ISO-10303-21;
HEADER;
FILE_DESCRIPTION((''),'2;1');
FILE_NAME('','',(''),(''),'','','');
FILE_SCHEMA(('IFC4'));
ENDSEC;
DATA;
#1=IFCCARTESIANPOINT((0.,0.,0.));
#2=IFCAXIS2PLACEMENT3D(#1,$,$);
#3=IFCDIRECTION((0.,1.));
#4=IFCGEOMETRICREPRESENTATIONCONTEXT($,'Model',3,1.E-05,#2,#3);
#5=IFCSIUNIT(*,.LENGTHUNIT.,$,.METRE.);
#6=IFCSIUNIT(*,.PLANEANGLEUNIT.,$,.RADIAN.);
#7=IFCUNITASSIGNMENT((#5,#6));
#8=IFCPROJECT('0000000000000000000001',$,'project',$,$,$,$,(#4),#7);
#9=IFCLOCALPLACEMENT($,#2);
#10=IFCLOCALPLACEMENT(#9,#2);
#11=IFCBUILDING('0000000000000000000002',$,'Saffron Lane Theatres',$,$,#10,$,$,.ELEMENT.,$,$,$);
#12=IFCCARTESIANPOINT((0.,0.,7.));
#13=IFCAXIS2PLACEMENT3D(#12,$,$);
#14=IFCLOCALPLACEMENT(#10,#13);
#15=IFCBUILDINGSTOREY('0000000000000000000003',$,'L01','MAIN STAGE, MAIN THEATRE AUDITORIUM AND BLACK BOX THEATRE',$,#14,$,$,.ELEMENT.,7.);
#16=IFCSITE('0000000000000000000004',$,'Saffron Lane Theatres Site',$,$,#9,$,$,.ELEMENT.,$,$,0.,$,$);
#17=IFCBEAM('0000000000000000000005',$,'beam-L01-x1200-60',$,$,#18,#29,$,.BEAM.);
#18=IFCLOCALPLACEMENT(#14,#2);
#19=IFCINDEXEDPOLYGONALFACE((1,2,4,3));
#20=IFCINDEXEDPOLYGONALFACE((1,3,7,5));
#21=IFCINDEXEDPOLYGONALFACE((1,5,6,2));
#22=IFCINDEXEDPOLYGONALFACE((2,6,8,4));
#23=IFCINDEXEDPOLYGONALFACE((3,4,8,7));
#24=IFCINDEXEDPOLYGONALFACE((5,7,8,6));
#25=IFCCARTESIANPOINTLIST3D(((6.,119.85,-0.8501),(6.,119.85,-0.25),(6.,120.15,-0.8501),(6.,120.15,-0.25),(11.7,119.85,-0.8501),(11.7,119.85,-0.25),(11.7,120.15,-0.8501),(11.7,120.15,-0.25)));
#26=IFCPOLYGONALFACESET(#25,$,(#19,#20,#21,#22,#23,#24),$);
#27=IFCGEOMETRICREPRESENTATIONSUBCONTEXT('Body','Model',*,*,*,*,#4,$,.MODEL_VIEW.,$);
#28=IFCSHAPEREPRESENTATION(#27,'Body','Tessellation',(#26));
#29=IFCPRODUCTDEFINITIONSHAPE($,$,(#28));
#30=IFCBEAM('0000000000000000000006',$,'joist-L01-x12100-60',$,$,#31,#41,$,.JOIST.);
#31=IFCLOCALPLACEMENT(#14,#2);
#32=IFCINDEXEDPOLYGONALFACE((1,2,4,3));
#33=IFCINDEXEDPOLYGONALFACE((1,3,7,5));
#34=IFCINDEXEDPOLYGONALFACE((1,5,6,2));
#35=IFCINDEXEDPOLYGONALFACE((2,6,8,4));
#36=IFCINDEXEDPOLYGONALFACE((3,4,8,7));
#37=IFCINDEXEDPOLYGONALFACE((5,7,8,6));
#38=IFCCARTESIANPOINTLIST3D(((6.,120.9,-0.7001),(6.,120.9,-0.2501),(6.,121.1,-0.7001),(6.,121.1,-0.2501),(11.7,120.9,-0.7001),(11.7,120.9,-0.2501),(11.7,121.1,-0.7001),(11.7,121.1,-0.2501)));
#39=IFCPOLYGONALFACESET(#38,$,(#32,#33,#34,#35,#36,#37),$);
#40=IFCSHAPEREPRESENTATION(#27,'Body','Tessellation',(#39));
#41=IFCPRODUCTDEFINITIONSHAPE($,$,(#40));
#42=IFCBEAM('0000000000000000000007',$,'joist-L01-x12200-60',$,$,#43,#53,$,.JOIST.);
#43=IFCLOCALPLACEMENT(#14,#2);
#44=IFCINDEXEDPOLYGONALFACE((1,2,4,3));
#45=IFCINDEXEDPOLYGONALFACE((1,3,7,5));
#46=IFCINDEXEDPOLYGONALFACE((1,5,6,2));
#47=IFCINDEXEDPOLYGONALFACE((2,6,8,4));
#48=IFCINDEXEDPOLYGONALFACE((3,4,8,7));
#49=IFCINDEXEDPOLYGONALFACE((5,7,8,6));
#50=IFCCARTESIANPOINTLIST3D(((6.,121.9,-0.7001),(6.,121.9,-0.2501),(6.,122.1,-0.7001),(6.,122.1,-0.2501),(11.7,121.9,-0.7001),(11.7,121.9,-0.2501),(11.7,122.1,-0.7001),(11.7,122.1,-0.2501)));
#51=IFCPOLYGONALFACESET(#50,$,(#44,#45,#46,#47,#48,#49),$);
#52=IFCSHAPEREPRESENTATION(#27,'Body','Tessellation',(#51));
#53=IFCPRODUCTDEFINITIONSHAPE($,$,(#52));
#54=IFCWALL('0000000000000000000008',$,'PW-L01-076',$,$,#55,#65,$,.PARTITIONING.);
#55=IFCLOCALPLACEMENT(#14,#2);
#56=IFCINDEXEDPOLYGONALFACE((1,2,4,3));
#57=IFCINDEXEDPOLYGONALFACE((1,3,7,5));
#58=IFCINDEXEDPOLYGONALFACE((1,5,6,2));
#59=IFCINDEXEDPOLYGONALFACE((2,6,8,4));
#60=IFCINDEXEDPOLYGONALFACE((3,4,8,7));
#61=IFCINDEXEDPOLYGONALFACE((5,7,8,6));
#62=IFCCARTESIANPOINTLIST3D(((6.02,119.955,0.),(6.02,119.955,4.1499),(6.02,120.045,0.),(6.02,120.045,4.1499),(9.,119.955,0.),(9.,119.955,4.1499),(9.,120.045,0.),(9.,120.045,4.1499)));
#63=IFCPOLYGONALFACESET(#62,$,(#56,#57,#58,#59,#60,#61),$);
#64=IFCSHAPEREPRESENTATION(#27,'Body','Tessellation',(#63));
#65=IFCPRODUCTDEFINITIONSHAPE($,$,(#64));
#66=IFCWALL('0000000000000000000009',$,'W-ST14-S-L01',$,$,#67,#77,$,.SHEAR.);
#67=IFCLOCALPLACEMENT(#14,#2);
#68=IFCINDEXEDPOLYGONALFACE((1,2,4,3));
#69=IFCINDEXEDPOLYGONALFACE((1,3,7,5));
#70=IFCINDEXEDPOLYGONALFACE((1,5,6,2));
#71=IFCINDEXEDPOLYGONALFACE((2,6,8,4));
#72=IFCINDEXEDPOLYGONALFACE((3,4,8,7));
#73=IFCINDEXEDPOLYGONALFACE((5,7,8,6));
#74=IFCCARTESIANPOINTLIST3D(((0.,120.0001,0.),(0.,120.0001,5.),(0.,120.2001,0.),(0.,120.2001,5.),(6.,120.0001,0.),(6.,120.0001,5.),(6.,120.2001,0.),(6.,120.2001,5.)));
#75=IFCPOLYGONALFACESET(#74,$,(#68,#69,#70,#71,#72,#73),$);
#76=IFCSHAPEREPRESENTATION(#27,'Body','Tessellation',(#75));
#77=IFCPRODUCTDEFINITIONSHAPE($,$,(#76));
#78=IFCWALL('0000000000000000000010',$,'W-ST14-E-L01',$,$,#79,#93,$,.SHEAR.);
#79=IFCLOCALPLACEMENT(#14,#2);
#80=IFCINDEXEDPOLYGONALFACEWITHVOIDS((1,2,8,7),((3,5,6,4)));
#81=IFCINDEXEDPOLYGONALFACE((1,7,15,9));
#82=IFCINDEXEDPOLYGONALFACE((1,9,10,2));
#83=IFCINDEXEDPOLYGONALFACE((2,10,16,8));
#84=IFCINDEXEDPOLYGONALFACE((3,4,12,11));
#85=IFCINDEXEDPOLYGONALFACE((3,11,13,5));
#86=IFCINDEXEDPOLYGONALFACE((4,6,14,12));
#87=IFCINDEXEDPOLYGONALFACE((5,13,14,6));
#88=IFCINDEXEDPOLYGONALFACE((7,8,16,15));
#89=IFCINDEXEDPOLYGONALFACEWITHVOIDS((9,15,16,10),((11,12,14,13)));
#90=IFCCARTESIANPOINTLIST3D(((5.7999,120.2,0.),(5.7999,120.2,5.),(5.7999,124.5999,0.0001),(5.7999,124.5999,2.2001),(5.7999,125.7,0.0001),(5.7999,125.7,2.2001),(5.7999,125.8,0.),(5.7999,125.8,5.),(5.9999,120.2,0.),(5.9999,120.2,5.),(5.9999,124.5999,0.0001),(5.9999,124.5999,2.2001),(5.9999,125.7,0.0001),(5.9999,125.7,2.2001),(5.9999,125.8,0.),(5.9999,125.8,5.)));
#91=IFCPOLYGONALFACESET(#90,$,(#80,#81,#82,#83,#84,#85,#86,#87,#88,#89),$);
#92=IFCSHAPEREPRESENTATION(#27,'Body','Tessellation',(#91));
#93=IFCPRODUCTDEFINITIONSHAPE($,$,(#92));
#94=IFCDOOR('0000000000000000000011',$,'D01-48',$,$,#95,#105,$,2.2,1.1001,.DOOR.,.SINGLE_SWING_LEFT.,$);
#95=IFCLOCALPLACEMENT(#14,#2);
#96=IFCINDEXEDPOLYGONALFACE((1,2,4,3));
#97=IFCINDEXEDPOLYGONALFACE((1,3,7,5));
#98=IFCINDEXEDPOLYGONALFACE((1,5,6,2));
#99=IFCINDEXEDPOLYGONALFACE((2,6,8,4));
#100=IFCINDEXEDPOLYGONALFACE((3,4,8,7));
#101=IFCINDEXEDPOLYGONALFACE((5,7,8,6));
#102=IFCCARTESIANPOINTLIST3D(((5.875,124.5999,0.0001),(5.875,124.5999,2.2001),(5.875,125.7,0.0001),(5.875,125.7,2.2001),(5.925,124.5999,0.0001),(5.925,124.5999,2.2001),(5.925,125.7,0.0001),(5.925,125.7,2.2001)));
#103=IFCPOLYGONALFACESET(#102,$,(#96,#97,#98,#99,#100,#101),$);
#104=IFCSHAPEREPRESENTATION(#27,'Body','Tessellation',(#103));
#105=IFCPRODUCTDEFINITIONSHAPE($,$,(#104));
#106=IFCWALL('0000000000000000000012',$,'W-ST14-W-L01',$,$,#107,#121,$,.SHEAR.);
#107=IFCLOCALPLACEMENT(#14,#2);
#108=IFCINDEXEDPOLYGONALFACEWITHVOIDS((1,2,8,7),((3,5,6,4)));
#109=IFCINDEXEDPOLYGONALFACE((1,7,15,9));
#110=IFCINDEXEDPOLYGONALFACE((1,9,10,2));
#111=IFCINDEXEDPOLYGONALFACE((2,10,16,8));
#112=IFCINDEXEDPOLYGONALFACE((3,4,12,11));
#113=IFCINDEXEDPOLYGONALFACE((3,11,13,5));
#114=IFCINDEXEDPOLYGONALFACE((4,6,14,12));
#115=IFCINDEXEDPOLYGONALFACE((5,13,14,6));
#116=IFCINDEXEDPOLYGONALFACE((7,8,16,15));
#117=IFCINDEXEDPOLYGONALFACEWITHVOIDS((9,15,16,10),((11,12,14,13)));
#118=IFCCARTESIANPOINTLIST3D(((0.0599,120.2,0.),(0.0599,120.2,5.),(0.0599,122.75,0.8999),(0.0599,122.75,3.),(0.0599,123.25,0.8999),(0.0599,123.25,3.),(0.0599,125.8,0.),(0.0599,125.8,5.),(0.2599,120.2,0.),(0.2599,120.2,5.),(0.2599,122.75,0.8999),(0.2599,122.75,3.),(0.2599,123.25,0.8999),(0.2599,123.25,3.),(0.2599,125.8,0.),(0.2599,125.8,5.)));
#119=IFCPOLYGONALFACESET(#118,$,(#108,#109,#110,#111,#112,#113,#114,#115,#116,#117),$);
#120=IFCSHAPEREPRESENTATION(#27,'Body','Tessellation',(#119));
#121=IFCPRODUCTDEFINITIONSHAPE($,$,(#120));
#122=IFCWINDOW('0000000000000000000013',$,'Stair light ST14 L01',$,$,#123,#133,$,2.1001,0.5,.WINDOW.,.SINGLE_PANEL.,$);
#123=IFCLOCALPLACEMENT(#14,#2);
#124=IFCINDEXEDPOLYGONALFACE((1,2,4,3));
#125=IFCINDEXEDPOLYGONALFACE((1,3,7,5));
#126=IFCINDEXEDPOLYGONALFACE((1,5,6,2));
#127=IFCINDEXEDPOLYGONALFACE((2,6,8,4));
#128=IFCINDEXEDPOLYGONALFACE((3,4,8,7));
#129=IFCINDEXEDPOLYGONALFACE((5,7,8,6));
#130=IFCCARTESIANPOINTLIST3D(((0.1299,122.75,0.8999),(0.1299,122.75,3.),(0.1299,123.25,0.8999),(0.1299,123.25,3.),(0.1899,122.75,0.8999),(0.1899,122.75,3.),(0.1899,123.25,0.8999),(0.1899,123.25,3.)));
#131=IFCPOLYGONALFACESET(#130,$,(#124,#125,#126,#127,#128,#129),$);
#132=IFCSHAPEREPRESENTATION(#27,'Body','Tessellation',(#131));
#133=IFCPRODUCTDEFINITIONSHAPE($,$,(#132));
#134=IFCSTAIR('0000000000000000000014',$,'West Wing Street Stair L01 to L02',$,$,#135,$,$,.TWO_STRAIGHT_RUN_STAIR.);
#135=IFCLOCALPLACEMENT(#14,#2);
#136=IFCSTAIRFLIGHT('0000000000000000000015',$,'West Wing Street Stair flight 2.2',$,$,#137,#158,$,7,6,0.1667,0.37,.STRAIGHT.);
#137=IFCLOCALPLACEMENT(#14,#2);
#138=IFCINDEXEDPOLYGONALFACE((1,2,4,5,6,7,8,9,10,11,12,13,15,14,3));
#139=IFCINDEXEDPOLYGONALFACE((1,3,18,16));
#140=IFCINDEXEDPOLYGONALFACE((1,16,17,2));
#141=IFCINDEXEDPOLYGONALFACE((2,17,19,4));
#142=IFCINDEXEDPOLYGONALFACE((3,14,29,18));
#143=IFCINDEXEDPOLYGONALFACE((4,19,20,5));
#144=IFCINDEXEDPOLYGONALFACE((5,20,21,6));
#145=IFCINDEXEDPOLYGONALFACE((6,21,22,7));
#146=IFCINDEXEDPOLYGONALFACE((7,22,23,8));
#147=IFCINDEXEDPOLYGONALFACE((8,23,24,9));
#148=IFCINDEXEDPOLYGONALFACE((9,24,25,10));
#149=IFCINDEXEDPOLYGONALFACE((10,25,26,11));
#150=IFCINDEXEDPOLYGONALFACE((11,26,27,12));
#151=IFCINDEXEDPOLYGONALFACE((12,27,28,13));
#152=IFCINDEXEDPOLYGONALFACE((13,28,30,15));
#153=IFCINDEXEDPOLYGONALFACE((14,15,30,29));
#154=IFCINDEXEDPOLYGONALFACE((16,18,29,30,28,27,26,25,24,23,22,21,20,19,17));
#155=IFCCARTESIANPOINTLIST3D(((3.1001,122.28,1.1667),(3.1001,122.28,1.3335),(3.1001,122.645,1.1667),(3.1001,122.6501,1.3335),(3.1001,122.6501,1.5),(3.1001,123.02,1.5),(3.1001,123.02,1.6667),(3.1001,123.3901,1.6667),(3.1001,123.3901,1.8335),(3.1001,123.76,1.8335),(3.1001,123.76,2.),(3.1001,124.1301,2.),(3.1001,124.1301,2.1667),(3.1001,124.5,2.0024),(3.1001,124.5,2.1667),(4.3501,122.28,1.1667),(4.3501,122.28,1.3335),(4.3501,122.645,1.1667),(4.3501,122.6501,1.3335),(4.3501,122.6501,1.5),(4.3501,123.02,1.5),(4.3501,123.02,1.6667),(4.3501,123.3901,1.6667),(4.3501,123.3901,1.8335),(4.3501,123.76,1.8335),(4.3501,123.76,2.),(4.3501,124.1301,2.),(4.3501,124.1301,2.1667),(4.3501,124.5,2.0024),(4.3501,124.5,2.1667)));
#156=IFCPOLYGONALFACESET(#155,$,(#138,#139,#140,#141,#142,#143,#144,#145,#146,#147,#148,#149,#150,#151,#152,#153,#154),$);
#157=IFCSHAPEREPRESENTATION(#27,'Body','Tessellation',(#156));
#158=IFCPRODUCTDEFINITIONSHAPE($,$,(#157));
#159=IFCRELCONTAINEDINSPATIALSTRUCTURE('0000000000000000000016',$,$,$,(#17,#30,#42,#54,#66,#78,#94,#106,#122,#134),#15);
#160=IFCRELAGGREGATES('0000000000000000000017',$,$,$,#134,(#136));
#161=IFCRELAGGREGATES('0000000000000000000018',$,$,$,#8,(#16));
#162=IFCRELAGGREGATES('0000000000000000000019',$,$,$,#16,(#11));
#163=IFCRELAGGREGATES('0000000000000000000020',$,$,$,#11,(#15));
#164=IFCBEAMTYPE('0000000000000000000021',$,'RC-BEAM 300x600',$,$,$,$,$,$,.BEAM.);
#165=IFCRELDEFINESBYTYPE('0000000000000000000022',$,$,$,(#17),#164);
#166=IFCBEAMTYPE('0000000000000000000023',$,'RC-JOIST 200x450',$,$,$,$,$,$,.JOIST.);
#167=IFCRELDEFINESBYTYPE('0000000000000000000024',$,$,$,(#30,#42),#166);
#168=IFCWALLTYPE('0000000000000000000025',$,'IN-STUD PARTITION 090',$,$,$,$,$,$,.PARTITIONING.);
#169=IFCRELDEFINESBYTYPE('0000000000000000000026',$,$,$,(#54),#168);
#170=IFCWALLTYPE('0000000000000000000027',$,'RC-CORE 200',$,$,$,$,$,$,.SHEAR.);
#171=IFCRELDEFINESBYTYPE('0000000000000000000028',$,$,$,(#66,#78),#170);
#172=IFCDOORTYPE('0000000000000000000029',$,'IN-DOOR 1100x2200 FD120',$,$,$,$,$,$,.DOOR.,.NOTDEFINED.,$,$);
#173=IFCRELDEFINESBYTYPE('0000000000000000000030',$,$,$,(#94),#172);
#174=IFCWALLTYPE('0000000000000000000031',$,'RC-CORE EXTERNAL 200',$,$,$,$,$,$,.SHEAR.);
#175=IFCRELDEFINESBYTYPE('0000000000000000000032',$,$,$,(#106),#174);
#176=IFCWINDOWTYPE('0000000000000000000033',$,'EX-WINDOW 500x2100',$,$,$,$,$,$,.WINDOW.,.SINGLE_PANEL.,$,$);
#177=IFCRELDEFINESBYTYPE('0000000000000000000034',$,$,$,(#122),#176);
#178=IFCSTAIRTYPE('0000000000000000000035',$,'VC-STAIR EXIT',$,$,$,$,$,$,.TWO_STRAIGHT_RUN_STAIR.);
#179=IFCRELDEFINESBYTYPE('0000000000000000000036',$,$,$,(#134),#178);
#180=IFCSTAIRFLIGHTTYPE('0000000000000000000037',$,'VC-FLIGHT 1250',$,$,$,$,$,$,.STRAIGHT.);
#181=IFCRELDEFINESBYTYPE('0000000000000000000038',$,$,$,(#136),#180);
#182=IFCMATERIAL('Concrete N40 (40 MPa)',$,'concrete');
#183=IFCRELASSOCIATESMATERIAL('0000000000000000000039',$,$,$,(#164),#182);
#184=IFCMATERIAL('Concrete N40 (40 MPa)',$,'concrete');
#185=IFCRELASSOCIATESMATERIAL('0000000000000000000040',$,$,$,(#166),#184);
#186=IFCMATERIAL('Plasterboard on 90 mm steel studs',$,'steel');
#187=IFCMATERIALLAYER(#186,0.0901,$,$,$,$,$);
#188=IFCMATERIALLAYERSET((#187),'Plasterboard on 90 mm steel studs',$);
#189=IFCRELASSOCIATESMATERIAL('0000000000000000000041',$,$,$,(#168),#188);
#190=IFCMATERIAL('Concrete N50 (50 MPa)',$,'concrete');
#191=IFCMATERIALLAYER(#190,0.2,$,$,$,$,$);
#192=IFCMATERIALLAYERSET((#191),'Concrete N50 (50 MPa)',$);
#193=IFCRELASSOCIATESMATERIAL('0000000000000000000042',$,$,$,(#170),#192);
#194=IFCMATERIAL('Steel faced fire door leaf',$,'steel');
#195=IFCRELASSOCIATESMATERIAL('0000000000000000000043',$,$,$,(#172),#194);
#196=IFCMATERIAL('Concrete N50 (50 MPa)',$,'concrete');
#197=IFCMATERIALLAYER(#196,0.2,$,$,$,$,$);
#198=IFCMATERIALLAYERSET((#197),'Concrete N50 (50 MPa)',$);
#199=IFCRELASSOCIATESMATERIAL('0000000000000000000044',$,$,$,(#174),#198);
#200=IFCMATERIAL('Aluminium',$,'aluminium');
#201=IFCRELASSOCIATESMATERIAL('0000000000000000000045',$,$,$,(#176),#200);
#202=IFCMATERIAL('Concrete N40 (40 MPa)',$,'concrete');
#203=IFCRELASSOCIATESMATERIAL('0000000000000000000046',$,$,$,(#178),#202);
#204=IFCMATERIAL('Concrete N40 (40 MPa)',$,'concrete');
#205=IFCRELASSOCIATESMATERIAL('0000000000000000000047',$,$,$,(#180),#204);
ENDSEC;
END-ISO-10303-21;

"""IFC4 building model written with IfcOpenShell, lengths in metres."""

from ifc_helpers import new_model, si_unit, direction, frame, frame_2d, origin, origin_2d, place, context, subcontext, project, spatial, polyline, rectangle, outline, extrude, material, layer, layer_set, material_profile, profile_set, type_object, element, fill, aggregate, save


model = new_model("IFC4")

# Units and contexts
model_context = context("Model", 3, precision=1e-05, world=origin(), true_north=direction((0.0, 1.0)))
body_context = subcontext(model_context, "Body", "Model", "MODEL_VIEW")
ifc_project = project(units=[si_unit("LENGTHUNIT", "METRE"), si_unit("PLANEANGLEUNIT", "RADIAN")], contexts=[model_context])

# Site, building, storey
site_placement = place(None, origin())
site = spatial("IfcSite", under=ifc_project, at=site_placement, Name="Saffron Lane Theatres Site", CompositionType="ELEMENT", RefElevation=0.0)
building_placement = place(site_placement, origin())
building = spatial("IfcBuilding", under=site, at=building_placement, Name="Saffron Lane Theatres", CompositionType="ELEMENT")
storey_placement = place(building_placement, frame((0.0, 0.0, 7.0)))
storey = spatial("IfcBuildingStorey", under=building, at=storey_placement, Name="L01", Description="MAIN STAGE, MAIN THEATRE AUDITORIUM AND BLACK BOX THEATRE", CompositionType="ELEMENT", Elevation=7.0)

# Beams
ifc_material_1 = material(Name="Concrete N40 (40 MPa)", Category="concrete")
ifc_material_profile_1 = material_profile(ifc_material_1, rectangle(XDim=0.3, YDim=0.6001, at=origin_2d()))
ifc_profile_set_1 = profile_set([ifc_material_profile_1], Name="Concrete N40 (40 MPa)")
beam_type_1 = type_object("IfcBeamType", Name="RC-BEAM 300x600", PredefinedType="BEAM", material=ifc_profile_set_1)
beam_placement = place(storey_placement, frame((6.0, 120.0, -0.55), z_axis=(1.0, 0.0, 0.0), x_axis=(0.0, 1.0, 0.0)))
element("IfcBeam", 1, at=beam_placement, inside=storey, type_object=beam_type_1, Name="beam-L01-x1200-60", PredefinedType="BEAM", context=body_context, shape_type="SweptSolid", body=[
    extrude(rectangle(XDim=0.3, YDim=0.6001, at=origin_2d()), origin(), (0.0, 0.0, 1.0), 5.7),
])
ifc_material_2 = material(Name="Concrete N40 (40 MPa)", Category="concrete")
ifc_material_profile_2 = material_profile(ifc_material_2, rectangle(XDim=0.2, YDim=0.45, at=origin_2d()))
ifc_profile_set_2 = profile_set([ifc_material_profile_2], Name="Concrete N40 (40 MPa)")
beam_type_2 = type_object("IfcBeamType", Name="RC-JOIST 200x450", PredefinedType="JOIST", material=ifc_profile_set_2)
for number, where, z_axis, x_axis, name in (
    (2, (6.0, 121.0, -0.4751), (1.0, 0.0, 0.0), (0.0, 1.0, 0.0), "joist-L01-x12100-60"),
    (3, (6.0, 122.0, -0.4751), (1.0, 0.0, 0.0), (0.0, 1.0, 0.0), "joist-L01-x12200-60"),
):
    element("IfcBeam", number, at=place(storey_placement, frame(where, z_axis=z_axis, x_axis=x_axis)), inside=storey, type_object=beam_type_2, Name=name, PredefinedType="JOIST", context=body_context, shape_type="SweptSolid", body=[
        extrude(rectangle(XDim=0.2, YDim=0.45, at=origin_2d()), origin(), (0.0, 0.0, 1.0), 5.7),
    ])

# Walls
ifc_material_3 = material(Name="Plasterboard on 90 mm steel studs", Category="steel")
ifc_layer_1 = layer(ifc_material_3, 0.0901)
ifc_layer_set_1 = layer_set([ifc_layer_1], Name="Plasterboard on 90 mm steel studs")
wall_type_1 = type_object("IfcWallType", Name="IN-STUD PARTITION 090", PredefinedType="PARTITIONING", material=ifc_layer_set_1)
wall_1_placement = place(storey_placement, frame((6.02, 120.0, 0.0), z_axis=(0.0, 0.0, 1.0), x_axis=(1.0, 0.0, 0.0)))
element("IfcWall", 4, at=wall_1_placement, inside=storey, type_object=wall_type_1, Name="PW-L01-076", PredefinedType="PARTITIONING", context=body_context, shape_type="SweptSolid", body=[
    extrude(rectangle(XDim=2.98, YDim=0.0901, at=frame_2d((1.49, 0.0))), origin(), (0.0, 0.0, 1.0), 4.1499),
])
ifc_material_4 = material(Name="Concrete N50 (50 MPa)", Category="concrete")
ifc_layer_2 = layer(ifc_material_4, 0.2)
ifc_layer_set_2 = layer_set([ifc_layer_2], Name="Concrete N50 (50 MPa)")
wall_type_2 = type_object("IfcWallType", Name="RC-CORE 200", PredefinedType="SHEAR", material=ifc_layer_set_2)
wall_2_placement = place(storey_placement, frame((0.0, 120.1001, 0.0), z_axis=(0.0, 0.0, 1.0), x_axis=(1.0, 0.0, 0.0)))
element("IfcWall", 5, at=wall_2_placement, inside=storey, type_object=wall_type_2, Name="W-ST14-S-L01", PredefinedType="SHEAR", context=body_context, shape_type="SweptSolid", body=[
    extrude(rectangle(XDim=6.0, YDim=0.2, at=frame_2d((3.0, 0.0))), origin(), (0.0, 0.0, 1.0), 5.0),
])

# Wall, opening, door
wall_3_placement = place(storey_placement, frame((5.8999, 120.2, 0.0), z_axis=(0.0, 0.0, 1.0), x_axis=(0.0, 1.0, 0.0)))
wall_3 = element("IfcWall", 6, at=wall_3_placement, inside=storey, type_object=wall_type_2, Name="W-ST14-E-L01", PredefinedType="SHEAR", context=body_context, shape_type="SweptSolid", body=[
    extrude(rectangle(XDim=5.6001, YDim=0.2, at=frame_2d((2.8, 0.0))), origin(), (0.0, 0.0, 1.0), 5.0),
])
opening_1_placement = place(wall_3_placement, frame((4.3999, 0.0, 0.0)))
opening_1 = element("IfcOpeningElement", 7, at=opening_1_placement, cuts=wall_3, PredefinedType="OPENING", context=body_context, shape_type="SweptSolid", body=[
    extrude(rectangle(XDim=1.1001, YDim=2.2, at=frame_2d((0.55, 1.1001))), frame((0.0, 0.1099, 0.0), z_axis=(0.0, -1.0, 0.0), x_axis=(1.0, 0.0, 0.0)), (0.0, 0.0, 1.0), 0.22),
])
ifc_material_5 = material(Name="Steel faced fire door leaf", Category="steel")
door_type = type_object("IfcDoorType", Name="IN-DOOR 1100x2200 FD120", OperationType="NOTDEFINED", PredefinedType="DOOR", material=ifc_material_5)
door_placement = place(opening_1_placement, origin())
door = element("IfcDoor", 8, at=door_placement, inside=storey, type_object=door_type, Name="D01-48", OperationType="SINGLE_SWING_LEFT", OverallHeight=2.2, OverallWidth=1.1001, PredefinedType="DOOR", context=body_context, shape_type="SweptSolid", body=[
    extrude(rectangle(XDim=1.1001, YDim=2.2, at=frame_2d((0.55, 1.1001))), frame((0.0, 0.0249, 0.0), z_axis=(0.0, -1.0, 0.0), x_axis=(1.0, 0.0, 0.0)), (0.0, 0.0, 1.0), 0.05),
])
fill(opening_1, door)

# Wall, opening, window
ifc_material_6 = material(Name="Concrete N50 (50 MPa)", Category="concrete")
ifc_layer_3 = layer(ifc_material_6, 0.2)
ifc_layer_set_3 = layer_set([ifc_layer_3], Name="Concrete N50 (50 MPa)")
wall_type_3 = type_object("IfcWallType", Name="RC-CORE EXTERNAL 200", PredefinedType="SHEAR", material=ifc_layer_set_3)
wall_4_placement = place(storey_placement, frame((0.1599, 120.2, 0.0), z_axis=(0.0, 0.0, 1.0), x_axis=(0.0, 1.0, 0.0)))
wall_4 = element("IfcWall", 9, at=wall_4_placement, inside=storey, type_object=wall_type_3, Name="W-ST14-W-L01", PredefinedType="SHEAR", context=body_context, shape_type="SweptSolid", body=[
    extrude(rectangle(XDim=5.6001, YDim=0.2, at=frame_2d((2.8, 0.0))), origin(), (0.0, 0.0, 1.0), 5.0),
])
opening_2_placement = place(wall_4_placement, frame((2.55, 0.0, 0.8999)))
opening_2 = element("IfcOpeningElement", 10, at=opening_2_placement, cuts=wall_4, PredefinedType="OPENING", context=body_context, shape_type="SweptSolid", body=[
    extrude(rectangle(XDim=0.5, YDim=2.1001, at=frame_2d((0.25, 1.05))), frame((0.0, 0.1099, 0.0), z_axis=(0.0, -1.0, 0.0), x_axis=(1.0, 0.0, 0.0)), (0.0, 0.0, 1.0), 0.22),
])
ifc_material_7 = material(Name="Aluminium", Category="aluminium")
window_type = type_object("IfcWindowType", Name="EX-WINDOW 500x2100", PartitioningType="SINGLE_PANEL", PredefinedType="WINDOW", material=ifc_material_7)
window_placement = place(opening_2_placement, origin())
window = element("IfcWindow", 11, at=window_placement, inside=storey, type_object=window_type, Name="Stair light ST14 L01", OverallHeight=2.1001, OverallWidth=0.5, PartitioningType="SINGLE_PANEL", PredefinedType="WINDOW", context=body_context, shape_type="SweptSolid", body=[
    extrude(rectangle(XDim=0.5, YDim=2.1001, at=frame_2d((0.25, 1.05))), frame((0.0, 0.03, 0.0), z_axis=(0.0, -1.0, 0.0), x_axis=(1.0, 0.0, 0.0)), (0.0, 0.0, 1.0), 0.0601),
])
fill(opening_2, window)

# Stair, stair flight
ifc_material_8 = material(Name="Concrete N40 (40 MPa)", Category="concrete")
stair_type = type_object("IfcStairType", Name="VC-STAIR EXIT", PredefinedType="TWO_STRAIGHT_RUN_STAIR", material=ifc_material_8)
stair_placement = place(storey_placement, origin())
stair = element("IfcStair", 12, at=stair_placement, inside=storey, type_object=stair_type, Name="West Wing Street Stair L01 to L02", PredefinedType="TWO_STRAIGHT_RUN_STAIR")
ifc_material_9 = material(Name="Concrete N40 (40 MPa)", Category="concrete")
stair_flight_type = type_object("IfcStairFlightType", Name="VC-FLIGHT 1250", PredefinedType="STRAIGHT", material=ifc_material_9)
stair_flight_1_placement = place(storey_placement, frame((3.7251, 122.28, 1.1667), z_axis=(0.0, 0.0, 1.0), x_axis=(0.0, 1.0, 0.0)))
stair_flight_1 = element("IfcStairFlight", 13, at=stair_flight_1_placement, type_object=stair_flight_type, Name="West Wing Street Stair flight 2.2", NumberOfRisers=7, NumberOfTreads=6, PredefinedType="STRAIGHT", RiserHeight=0.1667, TreadLength=0.37, context=body_context, shape_type="SweptSolid", body=[
    extrude(outline(polyline([(0.0, 0.0), (0.0, 0.1667), (0.3701, 0.1667), (0.3701, 0.3333), (0.74, 0.3333), (0.74, 0.5), (1.1101, 0.5), (1.1101, 0.6667), (1.48, 0.6667), (1.48, 0.8333), (1.8501, 0.8333), (1.8501, 1.0), (2.22, 1.0), (2.22, 1.1667), (2.22, 0.8357), (0.365, 0.0), (0.0, 0.0)])), frame((0.0, 0.625, 0.0), z_axis=(0.0, -1.0, 0.0), x_axis=(1.0, 0.0, 0.0)), (0.0, 0.0, 1.0), 1.25),
])
aggregate(stair, [stair_flight_1])

save(model, "model.ifc")
